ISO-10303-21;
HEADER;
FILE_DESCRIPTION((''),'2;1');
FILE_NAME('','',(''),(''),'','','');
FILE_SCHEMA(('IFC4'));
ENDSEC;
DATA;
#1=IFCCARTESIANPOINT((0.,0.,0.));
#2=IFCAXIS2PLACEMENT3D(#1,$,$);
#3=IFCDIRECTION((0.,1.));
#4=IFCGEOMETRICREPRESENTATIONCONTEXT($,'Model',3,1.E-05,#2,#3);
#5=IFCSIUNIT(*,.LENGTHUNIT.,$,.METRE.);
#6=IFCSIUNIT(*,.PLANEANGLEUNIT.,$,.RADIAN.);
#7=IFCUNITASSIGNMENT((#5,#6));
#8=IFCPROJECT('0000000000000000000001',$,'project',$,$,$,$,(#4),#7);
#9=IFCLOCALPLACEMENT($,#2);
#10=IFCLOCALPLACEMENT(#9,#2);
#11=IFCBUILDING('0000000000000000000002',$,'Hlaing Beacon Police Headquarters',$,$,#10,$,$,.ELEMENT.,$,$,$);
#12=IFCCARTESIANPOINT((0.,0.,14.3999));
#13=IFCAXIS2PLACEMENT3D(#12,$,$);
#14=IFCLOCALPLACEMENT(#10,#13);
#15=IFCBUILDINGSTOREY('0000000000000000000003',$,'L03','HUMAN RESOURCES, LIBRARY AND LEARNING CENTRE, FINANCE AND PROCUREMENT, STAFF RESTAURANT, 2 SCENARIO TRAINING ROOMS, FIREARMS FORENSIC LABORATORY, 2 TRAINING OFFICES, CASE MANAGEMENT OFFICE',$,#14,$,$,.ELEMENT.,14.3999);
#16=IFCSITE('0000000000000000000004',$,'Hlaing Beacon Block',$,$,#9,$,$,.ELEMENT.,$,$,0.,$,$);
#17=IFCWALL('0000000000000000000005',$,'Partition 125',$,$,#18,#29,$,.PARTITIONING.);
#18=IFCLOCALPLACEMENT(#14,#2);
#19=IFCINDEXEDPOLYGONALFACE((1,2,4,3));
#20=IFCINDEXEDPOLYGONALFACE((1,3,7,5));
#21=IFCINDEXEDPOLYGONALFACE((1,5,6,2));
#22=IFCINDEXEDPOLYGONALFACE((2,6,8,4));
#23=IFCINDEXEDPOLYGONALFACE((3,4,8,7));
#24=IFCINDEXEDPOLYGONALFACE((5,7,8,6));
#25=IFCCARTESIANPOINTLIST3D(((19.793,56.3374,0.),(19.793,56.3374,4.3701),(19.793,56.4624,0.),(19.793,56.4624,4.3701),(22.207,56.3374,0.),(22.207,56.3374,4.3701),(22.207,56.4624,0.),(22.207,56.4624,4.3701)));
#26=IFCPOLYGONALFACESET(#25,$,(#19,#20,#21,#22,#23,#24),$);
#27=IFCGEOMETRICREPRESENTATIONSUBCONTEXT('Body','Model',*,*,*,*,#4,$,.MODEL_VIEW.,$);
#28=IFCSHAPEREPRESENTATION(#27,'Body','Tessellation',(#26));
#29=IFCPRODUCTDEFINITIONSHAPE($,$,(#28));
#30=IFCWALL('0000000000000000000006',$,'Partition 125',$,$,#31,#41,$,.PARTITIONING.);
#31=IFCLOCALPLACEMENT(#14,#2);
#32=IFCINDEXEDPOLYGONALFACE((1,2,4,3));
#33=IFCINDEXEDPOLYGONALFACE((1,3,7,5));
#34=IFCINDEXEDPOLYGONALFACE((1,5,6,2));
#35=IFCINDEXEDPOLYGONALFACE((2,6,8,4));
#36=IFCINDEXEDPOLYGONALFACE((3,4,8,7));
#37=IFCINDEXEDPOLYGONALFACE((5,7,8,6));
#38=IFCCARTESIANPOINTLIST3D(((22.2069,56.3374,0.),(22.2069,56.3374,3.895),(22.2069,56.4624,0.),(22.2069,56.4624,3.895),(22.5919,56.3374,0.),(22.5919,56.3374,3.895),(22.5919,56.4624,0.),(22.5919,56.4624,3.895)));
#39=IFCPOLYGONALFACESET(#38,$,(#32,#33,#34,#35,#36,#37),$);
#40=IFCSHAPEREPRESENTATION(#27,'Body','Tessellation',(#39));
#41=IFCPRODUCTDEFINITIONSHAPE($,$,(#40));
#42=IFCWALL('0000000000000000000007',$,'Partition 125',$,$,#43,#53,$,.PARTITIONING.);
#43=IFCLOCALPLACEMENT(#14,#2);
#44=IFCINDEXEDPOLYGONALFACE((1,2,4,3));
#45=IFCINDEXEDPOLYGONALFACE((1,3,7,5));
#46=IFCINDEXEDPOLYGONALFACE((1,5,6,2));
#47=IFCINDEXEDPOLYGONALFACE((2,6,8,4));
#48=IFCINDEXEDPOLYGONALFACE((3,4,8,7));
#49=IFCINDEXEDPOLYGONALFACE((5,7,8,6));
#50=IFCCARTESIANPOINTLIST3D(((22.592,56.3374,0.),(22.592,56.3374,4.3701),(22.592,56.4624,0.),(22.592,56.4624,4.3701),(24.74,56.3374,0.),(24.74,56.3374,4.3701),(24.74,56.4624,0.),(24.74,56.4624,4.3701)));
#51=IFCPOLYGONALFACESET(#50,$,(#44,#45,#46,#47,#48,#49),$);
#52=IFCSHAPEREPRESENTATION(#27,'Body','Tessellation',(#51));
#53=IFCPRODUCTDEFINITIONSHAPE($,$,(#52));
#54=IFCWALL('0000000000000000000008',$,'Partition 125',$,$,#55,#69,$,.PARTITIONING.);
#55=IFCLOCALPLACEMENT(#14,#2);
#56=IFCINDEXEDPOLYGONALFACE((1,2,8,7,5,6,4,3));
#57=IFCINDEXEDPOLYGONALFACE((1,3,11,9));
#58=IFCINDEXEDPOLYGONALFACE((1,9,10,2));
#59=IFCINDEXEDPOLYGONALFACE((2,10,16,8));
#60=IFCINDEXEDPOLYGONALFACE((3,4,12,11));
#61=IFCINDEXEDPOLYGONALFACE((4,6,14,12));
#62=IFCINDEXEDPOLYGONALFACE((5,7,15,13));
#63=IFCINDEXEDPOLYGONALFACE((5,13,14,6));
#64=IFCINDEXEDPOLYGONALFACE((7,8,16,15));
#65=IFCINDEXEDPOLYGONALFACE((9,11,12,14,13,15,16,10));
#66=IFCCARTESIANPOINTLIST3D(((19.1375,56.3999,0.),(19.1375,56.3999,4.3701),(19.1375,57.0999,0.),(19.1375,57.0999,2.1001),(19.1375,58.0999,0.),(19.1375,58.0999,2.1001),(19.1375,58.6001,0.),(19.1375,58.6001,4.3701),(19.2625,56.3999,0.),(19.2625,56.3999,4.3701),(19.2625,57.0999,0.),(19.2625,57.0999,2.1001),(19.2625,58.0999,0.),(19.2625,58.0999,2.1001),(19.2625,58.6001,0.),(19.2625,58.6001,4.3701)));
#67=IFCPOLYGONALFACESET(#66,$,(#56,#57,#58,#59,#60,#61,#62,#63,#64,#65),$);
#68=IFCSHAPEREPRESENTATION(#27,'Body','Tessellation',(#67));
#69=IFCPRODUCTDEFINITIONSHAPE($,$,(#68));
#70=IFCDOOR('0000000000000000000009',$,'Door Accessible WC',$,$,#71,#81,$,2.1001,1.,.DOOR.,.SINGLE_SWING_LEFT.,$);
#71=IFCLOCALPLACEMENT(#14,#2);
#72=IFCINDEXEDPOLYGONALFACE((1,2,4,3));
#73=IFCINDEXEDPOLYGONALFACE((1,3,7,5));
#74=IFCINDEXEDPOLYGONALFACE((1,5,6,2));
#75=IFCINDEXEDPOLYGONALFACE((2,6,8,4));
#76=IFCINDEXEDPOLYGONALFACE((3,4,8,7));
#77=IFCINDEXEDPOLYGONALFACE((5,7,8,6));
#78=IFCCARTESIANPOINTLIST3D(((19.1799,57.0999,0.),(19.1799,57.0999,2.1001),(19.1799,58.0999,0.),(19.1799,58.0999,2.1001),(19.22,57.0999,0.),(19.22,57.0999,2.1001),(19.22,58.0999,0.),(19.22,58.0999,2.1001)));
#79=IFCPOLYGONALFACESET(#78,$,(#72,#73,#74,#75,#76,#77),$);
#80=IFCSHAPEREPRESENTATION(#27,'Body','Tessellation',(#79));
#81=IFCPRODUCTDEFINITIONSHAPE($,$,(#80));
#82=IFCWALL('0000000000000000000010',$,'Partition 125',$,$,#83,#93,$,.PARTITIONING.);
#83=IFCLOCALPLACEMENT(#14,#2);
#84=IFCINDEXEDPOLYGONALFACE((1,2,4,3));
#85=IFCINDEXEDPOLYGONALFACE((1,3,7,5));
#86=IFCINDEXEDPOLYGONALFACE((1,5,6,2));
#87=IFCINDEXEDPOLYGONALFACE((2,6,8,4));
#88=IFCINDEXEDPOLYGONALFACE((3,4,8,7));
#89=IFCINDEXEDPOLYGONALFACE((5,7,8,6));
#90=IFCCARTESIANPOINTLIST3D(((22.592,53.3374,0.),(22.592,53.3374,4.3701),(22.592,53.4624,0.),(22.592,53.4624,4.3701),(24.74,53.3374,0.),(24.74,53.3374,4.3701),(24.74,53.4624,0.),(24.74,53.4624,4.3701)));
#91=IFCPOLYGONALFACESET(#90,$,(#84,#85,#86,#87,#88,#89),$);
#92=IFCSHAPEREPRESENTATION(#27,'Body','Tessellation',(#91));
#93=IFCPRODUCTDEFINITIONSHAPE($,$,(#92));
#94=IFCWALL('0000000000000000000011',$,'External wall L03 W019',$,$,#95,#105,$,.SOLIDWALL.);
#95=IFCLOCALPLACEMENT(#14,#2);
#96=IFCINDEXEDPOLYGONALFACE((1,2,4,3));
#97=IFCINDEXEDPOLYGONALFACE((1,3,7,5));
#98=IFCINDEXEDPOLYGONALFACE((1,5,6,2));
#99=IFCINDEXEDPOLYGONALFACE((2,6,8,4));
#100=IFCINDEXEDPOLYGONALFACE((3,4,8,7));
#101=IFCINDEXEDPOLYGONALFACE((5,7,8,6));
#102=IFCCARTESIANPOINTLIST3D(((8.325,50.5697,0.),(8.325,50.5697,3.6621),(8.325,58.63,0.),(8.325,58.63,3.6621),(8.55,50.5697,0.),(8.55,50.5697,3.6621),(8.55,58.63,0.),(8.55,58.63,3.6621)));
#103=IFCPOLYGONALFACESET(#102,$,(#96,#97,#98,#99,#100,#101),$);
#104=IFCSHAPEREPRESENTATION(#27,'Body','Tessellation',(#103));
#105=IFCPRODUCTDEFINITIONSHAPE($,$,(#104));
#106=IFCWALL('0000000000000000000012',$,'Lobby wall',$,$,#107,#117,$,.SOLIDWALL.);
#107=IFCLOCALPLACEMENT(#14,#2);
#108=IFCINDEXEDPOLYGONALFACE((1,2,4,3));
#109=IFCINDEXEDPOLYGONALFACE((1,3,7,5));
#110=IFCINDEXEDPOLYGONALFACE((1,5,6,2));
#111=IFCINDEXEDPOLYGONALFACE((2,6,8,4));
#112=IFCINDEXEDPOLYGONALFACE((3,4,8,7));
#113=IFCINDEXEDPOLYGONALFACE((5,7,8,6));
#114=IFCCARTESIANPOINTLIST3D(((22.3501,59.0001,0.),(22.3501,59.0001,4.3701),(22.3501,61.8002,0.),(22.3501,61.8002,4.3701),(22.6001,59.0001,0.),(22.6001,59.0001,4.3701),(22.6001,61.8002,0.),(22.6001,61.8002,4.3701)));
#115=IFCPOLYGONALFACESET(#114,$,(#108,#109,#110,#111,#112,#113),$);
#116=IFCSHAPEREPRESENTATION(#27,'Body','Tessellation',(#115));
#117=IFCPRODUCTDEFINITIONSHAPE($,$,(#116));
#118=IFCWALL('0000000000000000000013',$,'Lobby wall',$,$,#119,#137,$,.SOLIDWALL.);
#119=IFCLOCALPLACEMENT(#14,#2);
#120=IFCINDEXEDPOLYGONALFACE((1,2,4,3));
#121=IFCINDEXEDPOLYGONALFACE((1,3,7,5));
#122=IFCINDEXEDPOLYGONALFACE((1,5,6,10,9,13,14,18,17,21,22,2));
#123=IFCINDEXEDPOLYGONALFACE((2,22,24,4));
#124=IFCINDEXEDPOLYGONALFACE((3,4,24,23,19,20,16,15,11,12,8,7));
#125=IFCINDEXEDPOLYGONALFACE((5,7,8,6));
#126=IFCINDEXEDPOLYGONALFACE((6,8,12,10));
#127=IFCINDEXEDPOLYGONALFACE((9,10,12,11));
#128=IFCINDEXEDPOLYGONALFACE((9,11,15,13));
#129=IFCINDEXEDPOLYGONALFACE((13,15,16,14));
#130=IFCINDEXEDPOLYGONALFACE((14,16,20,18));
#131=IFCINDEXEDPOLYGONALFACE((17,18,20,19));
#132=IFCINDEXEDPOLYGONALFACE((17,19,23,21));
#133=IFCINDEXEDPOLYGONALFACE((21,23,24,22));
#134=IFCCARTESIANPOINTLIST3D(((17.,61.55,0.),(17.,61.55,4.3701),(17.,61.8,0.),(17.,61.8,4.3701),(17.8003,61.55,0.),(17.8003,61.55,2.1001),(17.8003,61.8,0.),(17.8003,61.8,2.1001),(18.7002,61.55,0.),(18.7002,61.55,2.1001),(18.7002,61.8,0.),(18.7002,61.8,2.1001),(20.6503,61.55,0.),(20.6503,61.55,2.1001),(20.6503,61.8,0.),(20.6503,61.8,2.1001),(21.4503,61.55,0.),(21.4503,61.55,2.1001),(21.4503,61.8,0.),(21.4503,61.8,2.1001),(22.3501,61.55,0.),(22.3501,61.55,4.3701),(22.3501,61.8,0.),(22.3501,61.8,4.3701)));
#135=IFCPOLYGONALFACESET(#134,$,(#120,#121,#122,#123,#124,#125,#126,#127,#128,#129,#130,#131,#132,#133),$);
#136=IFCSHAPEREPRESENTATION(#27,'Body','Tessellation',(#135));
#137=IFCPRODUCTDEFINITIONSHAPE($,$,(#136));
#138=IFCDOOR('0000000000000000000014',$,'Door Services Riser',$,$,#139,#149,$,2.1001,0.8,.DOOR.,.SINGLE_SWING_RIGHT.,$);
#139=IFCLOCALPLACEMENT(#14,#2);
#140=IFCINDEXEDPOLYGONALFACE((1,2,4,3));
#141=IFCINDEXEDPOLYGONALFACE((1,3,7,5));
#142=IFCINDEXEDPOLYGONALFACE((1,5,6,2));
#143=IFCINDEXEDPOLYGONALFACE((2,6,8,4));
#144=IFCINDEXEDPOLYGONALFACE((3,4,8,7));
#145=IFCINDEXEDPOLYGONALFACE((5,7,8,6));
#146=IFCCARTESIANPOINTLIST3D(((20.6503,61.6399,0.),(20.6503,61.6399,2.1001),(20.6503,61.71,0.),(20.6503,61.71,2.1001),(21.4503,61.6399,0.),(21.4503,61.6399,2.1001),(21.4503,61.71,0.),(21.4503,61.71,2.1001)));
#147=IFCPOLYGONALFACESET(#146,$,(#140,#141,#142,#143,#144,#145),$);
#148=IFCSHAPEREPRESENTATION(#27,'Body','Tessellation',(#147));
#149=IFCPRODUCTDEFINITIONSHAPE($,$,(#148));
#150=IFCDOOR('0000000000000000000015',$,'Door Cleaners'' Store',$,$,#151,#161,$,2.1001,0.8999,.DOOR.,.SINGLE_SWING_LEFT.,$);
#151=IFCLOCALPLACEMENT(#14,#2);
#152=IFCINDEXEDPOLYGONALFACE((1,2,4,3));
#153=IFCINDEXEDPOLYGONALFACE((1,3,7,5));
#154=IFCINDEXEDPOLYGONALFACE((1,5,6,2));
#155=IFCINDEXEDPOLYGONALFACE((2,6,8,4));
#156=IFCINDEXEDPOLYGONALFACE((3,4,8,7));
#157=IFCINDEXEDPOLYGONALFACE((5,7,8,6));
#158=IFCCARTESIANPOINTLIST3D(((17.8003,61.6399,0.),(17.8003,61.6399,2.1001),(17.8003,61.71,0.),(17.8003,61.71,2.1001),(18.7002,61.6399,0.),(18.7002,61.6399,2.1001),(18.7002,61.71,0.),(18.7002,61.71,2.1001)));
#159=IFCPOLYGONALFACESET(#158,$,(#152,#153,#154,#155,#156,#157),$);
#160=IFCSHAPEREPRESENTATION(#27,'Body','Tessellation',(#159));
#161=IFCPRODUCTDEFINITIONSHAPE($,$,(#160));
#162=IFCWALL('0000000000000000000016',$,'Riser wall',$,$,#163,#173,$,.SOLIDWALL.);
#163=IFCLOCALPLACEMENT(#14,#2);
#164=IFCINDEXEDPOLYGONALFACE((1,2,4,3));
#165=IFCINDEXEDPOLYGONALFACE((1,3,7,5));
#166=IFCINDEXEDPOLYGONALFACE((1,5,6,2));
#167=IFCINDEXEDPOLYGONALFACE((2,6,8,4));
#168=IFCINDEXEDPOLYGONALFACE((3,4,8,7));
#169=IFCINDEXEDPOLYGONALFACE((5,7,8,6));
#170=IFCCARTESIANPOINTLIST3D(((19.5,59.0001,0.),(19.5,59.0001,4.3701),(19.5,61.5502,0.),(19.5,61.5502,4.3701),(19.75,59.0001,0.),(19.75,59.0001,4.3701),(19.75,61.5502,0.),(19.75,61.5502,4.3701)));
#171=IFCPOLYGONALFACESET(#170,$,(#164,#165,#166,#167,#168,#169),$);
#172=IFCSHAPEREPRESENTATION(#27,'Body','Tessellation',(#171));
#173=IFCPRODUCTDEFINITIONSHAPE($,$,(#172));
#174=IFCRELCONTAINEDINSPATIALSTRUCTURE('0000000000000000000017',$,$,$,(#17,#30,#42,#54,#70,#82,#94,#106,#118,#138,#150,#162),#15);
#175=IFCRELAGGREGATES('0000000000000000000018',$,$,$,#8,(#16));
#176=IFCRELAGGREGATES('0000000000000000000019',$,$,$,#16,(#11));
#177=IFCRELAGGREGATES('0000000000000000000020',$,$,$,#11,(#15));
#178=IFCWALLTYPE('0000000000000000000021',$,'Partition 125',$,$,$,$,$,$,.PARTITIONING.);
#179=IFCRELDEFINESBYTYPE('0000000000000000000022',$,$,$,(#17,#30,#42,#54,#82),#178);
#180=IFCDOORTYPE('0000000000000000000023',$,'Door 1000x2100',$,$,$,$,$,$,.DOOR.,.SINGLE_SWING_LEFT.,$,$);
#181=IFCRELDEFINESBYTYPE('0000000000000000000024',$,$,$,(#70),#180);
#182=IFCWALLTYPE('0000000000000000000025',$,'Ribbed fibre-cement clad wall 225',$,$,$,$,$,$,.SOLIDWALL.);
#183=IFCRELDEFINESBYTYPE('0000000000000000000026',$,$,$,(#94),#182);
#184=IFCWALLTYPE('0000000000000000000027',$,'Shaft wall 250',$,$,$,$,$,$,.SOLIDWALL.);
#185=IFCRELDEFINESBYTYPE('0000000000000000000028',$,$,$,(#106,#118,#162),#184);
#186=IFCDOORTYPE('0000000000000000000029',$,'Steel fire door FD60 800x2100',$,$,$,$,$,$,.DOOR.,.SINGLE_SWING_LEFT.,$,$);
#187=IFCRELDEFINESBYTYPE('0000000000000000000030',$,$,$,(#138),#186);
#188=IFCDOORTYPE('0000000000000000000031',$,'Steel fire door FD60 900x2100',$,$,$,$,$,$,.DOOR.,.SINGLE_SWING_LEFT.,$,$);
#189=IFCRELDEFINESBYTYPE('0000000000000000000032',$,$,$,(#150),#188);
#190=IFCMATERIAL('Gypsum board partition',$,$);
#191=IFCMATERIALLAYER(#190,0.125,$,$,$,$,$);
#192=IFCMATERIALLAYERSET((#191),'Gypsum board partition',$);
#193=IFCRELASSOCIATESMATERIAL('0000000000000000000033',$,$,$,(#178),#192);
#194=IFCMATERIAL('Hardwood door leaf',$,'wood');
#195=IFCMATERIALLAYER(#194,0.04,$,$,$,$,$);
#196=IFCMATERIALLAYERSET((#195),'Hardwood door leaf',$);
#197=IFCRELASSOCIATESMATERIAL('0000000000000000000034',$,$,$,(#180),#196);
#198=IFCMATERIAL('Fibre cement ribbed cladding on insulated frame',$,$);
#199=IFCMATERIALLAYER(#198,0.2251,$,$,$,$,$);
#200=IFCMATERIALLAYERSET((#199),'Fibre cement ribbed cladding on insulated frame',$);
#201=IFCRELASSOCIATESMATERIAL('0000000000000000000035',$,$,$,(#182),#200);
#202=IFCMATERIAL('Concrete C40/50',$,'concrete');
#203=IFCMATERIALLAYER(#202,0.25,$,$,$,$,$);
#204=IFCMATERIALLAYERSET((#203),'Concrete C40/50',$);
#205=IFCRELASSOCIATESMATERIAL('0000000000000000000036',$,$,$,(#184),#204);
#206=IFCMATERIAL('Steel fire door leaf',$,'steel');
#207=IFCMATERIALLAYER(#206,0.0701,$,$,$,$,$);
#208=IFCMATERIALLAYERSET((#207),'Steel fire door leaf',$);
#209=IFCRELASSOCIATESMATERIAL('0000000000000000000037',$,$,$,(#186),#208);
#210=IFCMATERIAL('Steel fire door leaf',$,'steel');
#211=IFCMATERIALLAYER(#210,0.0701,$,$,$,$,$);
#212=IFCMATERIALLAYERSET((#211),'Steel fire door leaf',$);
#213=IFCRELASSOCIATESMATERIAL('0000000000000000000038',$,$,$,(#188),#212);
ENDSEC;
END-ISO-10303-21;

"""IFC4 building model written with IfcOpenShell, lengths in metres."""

from ifc_helpers import new_model, si_unit, direction, frame, frame_2d, origin, place, context, subcontext, project, spatial, rectangle, extrude, material, layer, layer_set, type_object, element, fill, save


model = new_model("IFC4")

# Units and contexts
model_context = context("Model", 3, precision=1e-05, world=origin(), true_north=direction((0.0, 1.0)))
body_context = subcontext(model_context, "Body", "Model", "MODEL_VIEW")
ifc_project = project(units=[si_unit("LENGTHUNIT", "METRE"), si_unit("PLANEANGLEUNIT", "RADIAN")], contexts=[model_context])

# Site, building, storey
site_placement = place(None, origin())
site = spatial("IfcSite", under=ifc_project, at=site_placement, Name="Hlaing Beacon Block", CompositionType="ELEMENT", RefElevation=0.0)
building_placement = place(site_placement, origin())
building = spatial("IfcBuilding", under=site, at=building_placement, Name="Hlaing Beacon Police Headquarters", CompositionType="ELEMENT")
storey_placement = place(building_placement, frame((0.0, 0.0, 14.3999)))
storey = spatial("IfcBuildingStorey", under=building, at=storey_placement, Name="L03", Description="HUMAN RESOURCES, LIBRARY AND LEARNING CENTRE, FINANCE AND PROCUREMENT, STAFF RESTAURANT, 2 SCENARIO TRAINING ROOMS, FIREARMS FORENSIC LABORATORY, 2 TRAINING OFFICES, CASE MANAGEMENT OFFICE", CompositionType="ELEMENT", Elevation=14.3999)

# Walls
ifc_material_1 = material(Name="Gypsum board partition")
ifc_layer_1 = layer(ifc_material_1, 0.125)
ifc_layer_set_1 = layer_set([ifc_layer_1], Name="Gypsum board partition")
wall_type_1 = type_object("IfcWallType", Name="Partition 125", PredefinedType="PARTITIONING", material=ifc_layer_set_1)
wall_1_placement = place(storey_placement, frame((19.793, 56.3999, 0.0), z_axis=(0.0, 0.0, 1.0), x_axis=(1.0, 0.0, 0.0)))
element("IfcWall", 1, at=wall_1_placement, inside=storey, type_object=wall_type_1, Name="Partition 125", PredefinedType="PARTITIONING", context=body_context, shape_type="SweptSolid", body=[
    extrude(rectangle(XDim=2.4141, YDim=0.125, at=frame_2d((1.207, 0.0))), origin(), (0.0, 0.0, 1.0), 4.3701),
])
wall_2_placement = place(storey_placement, frame((22.207, 56.3999, 0.0), z_axis=(0.0, 0.0, 1.0), x_axis=(1.0, 0.0, 0.0)))
element("IfcWall", 2, at=wall_2_placement, inside=storey, type_object=wall_type_1, Name="Partition 125", PredefinedType="PARTITIONING", context=body_context, shape_type="SweptSolid", body=[
    extrude(rectangle(XDim=0.385, YDim=0.125, at=frame_2d((0.1924, 0.0))), origin(), (0.0, 0.0, 1.0), 3.895),
])
wall_3_placement = place(storey_placement, frame((22.592, 56.3999, 0.0), z_axis=(0.0, 0.0, 1.0), x_axis=(1.0, 0.0, 0.0)))
element("IfcWall", 3, at=wall_3_placement, inside=storey, type_object=wall_type_1, Name="Partition 125", PredefinedType="PARTITIONING", context=body_context, shape_type="SweptSolid", body=[
    extrude(rectangle(XDim=2.1479, YDim=0.125, at=frame_2d((1.074, 0.0))), origin(), (0.0, 0.0, 1.0), 4.3701),
])

# Wall, opening, door
wall_4_placement = place(storey_placement, frame((19.2, 56.3999, 0.0), z_axis=(0.0, 0.0, 1.0), x_axis=(0.0, 1.0, 0.0)))
wall_4 = element("IfcWall", 4, at=wall_4_placement, inside=storey, type_object=wall_type_1, Name="Partition 125", PredefinedType="PARTITIONING", context=body_context, shape_type="SweptSolid", body=[
    extrude(rectangle(XDim=2.2002, YDim=0.125, at=frame_2d((1.1001, 0.0))), origin(), (0.0, 0.0, 1.0), 4.3701),
])
opening_1_placement = place(wall_4_placement, frame((0.7, 0.0, 0.0)))
opening_1 = element("IfcOpeningElement", 5, at=opening_1_placement, cuts=wall_4, PredefinedType="OPENING", context=body_context, shape_type="SweptSolid", body=[
    extrude(rectangle(XDim=1.0, YDim=2.1001, at=frame_2d((0.5, 1.05))), frame((0.0, 0.0725, 0.0), z_axis=(0.0, -1.0, 0.0), x_axis=(1.0, 0.0, 0.0)), (0.0, 0.0, 1.0), 0.145),
])
ifc_material_2 = material(Name="Hardwood door leaf", Category="wood")
ifc_layer_2 = layer(ifc_material_2, 0.04)
ifc_layer_set_2 = layer_set([ifc_layer_2], Name="Hardwood door leaf")
door_type_1 = type_object("IfcDoorType", Name="Door 1000x2100", OperationType="SINGLE_SWING_LEFT", PredefinedType="DOOR", material=ifc_layer_set_2)
door_1_placement = place(opening_1_placement, frame((1.0, 0.0, 0.0), z_axis=(0.0, 0.0, 1.0), x_axis=(-1.0, 0.0, 0.0)))
door_1 = element("IfcDoor", 6, at=door_1_placement, inside=storey, type_object=door_type_1, Name="Door Accessible WC", OperationType="SINGLE_SWING_LEFT", OverallHeight=2.1001, OverallWidth=1.0, PredefinedType="DOOR", context=body_context, shape_type="SweptSolid", body=[
    extrude(rectangle(XDim=1.0, YDim=2.1001, at=frame_2d((0.5, 1.05))), frame((0.0, 0.02, 0.0), z_axis=(0.0, -1.0, 0.0), x_axis=(1.0, 0.0, 0.0)), (0.0, 0.0, 1.0), 0.04),
])
fill(opening_1, door_1)

# Walls
wall_5_placement = place(storey_placement, frame((22.592, 53.3999, 0.0), z_axis=(0.0, 0.0, 1.0), x_axis=(1.0, 0.0, 0.0)))
element("IfcWall", 7, at=wall_5_placement, inside=storey, type_object=wall_type_1, Name="Partition 125", PredefinedType="PARTITIONING", context=body_context, shape_type="SweptSolid", body=[
    extrude(rectangle(XDim=2.1479, YDim=0.125, at=frame_2d((1.074, 0.0))), origin(), (0.0, 0.0, 1.0), 4.3701),
])
ifc_material_3 = material(Name="Fibre cement ribbed cladding on insulated frame")
ifc_layer_3 = layer(ifc_material_3, 0.2251)
ifc_layer_set_3 = layer_set([ifc_layer_3], Name="Fibre cement ribbed cladding on insulated frame")
wall_type_2 = type_object("IfcWallType", Name="Ribbed fibre-cement clad wall 225", PredefinedType="SOLIDWALL", material=ifc_layer_set_3)
wall_6_placement = place(storey_placement, frame((8.4375, 58.6301, 0.0), z_axis=(0.0, 0.0, 1.0), x_axis=(0.0, -1.0, 0.0)))
element("IfcWall", 8, at=wall_6_placement, inside=storey, type_object=wall_type_2, Name="External wall L03 W019", PredefinedType="SOLIDWALL", context=body_context, shape_type="SweptSolid", body=[
    extrude(rectangle(XDim=8.0603, YDim=0.2251, at=frame_2d((4.0303, 0.0))), origin(), (0.0, 0.0, 1.0), 3.6621),
])
ifc_material_4 = material(Name="Concrete C40/50", Category="concrete")
ifc_layer_4 = layer(ifc_material_4, 0.25)
ifc_layer_set_4 = layer_set([ifc_layer_4], Name="Concrete C40/50")
wall_type_3 = type_object("IfcWallType", Name="Shaft wall 250", PredefinedType="SOLIDWALL", material=ifc_layer_set_4)
wall_7_placement = place(storey_placement, frame((22.4751, 61.8, 0.0), z_axis=(0.0, 0.0, 1.0), x_axis=(0.0, -1.0, 0.0)))
element("IfcWall", 9, at=wall_7_placement, inside=storey, type_object=wall_type_3, Name="Lobby wall", PredefinedType="SOLIDWALL", context=body_context, shape_type="SweptSolid", body=[
    extrude(rectangle(XDim=2.8, YDim=0.25, at=frame_2d((1.3999, 0.0))), origin(), (0.0, 0.0, 1.0), 4.3701),
])

# Wall, openings, doors
wall_8_placement = place(storey_placement, frame((22.3501, 61.675, 0.0), z_axis=(0.0, 0.0, 1.0), x_axis=(-1.0, 0.0, 0.0)))
wall_8 = element("IfcWall", 10, at=wall_8_placement, inside=storey, type_object=wall_type_3, Name="Lobby wall", PredefinedType="SOLIDWALL", context=body_context, shape_type="SweptSolid", body=[
    extrude(rectangle(XDim=5.3501, YDim=0.25, at=frame_2d((2.675, 0.0))), origin(), (0.0, 0.0, 1.0), 4.3701),
])
opening_2_placement = place(wall_8_placement, frame((3.6499, 0.0, 0.0)))
opening_2 = element("IfcOpeningElement", 11, at=opening_2_placement, cuts=wall_8, PredefinedType="OPENING", context=body_context, shape_type="SweptSolid", body=[
    extrude(rectangle(XDim=0.8999, YDim=2.1001, at=frame_2d((0.45, 1.05))), frame((0.0, 0.135, 0.0), z_axis=(0.0, -1.0, 0.0), x_axis=(1.0, 0.0, 0.0)), (0.0, 0.0, 1.0), 0.27),
])
opening_3_placement = place(wall_8_placement, frame((0.8999, 0.0, 0.0)))
opening_3 = element("IfcOpeningElement", 12, at=opening_3_placement, cuts=wall_8, PredefinedType="OPENING", context=body_context, shape_type="SweptSolid", body=[
    extrude(rectangle(XDim=0.8, YDim=2.1001, at=frame_2d((0.3999, 1.05))), frame((0.0, 0.135, 0.0), z_axis=(0.0, -1.0, 0.0), x_axis=(1.0, 0.0, 0.0)), (0.0, 0.0, 1.0), 0.27),
])
ifc_material_5 = material(Name="Steel fire door leaf", Category="steel")
ifc_layer_5 = layer(ifc_material_5, 0.0701)
ifc_layer_set_5 = layer_set([ifc_layer_5], Name="Steel fire door leaf")
door_type_2 = type_object("IfcDoorType", Name="Steel fire door FD60 800x2100", OperationType="SINGLE_SWING_LEFT", PredefinedType="DOOR", material=ifc_layer_set_5)
door_2_placement = place(opening_3_placement, origin())
door_2 = element("IfcDoor", 13, at=door_2_placement, inside=storey, type_object=door_type_2, Name="Door Services Riser", OperationType="SINGLE_SWING_RIGHT", OverallHeight=2.1001, OverallWidth=0.8, PredefinedType="DOOR", context=body_context, shape_type="SweptSolid", body=[
    extrude(rectangle(XDim=0.8, YDim=2.1001, at=frame_2d((0.3999, 1.05))), frame((0.0, 0.0352, 0.0), z_axis=(0.0, -1.0, 0.0), x_axis=(1.0, 0.0, 0.0)), (0.0, 0.0, 1.0), 0.0701),
])
fill(opening_3, door_2)
ifc_material_6 = material(Name="Steel fire door leaf", Category="steel")
ifc_layer_6 = layer(ifc_material_6, 0.0701)
ifc_layer_set_6 = layer_set([ifc_layer_6], Name="Steel fire door leaf")
door_type_3 = type_object("IfcDoorType", Name="Steel fire door FD60 900x2100", OperationType="SINGLE_SWING_LEFT", PredefinedType="DOOR", material=ifc_layer_set_6)
door_3_placement = place(opening_2_placement, origin())
door_3 = element("IfcDoor", 14, at=door_3_placement, inside=storey, type_object=door_type_3, Name="Door Cleaners' Store", OperationType="SINGLE_SWING_LEFT", OverallHeight=2.1001, OverallWidth=0.8999, PredefinedType="DOOR", context=body_context, shape_type="SweptSolid", body=[
    extrude(rectangle(XDim=0.8999, YDim=2.1001, at=frame_2d((0.45, 1.05))), frame((0.0, 0.0352, 0.0), z_axis=(0.0, -1.0, 0.0), x_axis=(1.0, 0.0, 0.0)), (0.0, 0.0, 1.0), 0.0701),
])
fill(opening_2, door_3)

# Wall
wall_9_placement = place(storey_placement, frame((19.625, 61.55, 0.0), z_axis=(0.0, 0.0, 1.0), x_axis=(0.0, -1.0, 0.0)))
element("IfcWall", 15, at=wall_9_placement, inside=storey, type_object=wall_type_3, Name="Riser wall", PredefinedType="SOLIDWALL", context=body_context, shape_type="SweptSolid", body=[
    extrude(rectangle(XDim=2.55, YDim=0.25, at=frame_2d((1.2749, 0.0))), origin(), (0.0, 0.0, 1.0), 4.3701),
])

save(model, "model.ifc")
